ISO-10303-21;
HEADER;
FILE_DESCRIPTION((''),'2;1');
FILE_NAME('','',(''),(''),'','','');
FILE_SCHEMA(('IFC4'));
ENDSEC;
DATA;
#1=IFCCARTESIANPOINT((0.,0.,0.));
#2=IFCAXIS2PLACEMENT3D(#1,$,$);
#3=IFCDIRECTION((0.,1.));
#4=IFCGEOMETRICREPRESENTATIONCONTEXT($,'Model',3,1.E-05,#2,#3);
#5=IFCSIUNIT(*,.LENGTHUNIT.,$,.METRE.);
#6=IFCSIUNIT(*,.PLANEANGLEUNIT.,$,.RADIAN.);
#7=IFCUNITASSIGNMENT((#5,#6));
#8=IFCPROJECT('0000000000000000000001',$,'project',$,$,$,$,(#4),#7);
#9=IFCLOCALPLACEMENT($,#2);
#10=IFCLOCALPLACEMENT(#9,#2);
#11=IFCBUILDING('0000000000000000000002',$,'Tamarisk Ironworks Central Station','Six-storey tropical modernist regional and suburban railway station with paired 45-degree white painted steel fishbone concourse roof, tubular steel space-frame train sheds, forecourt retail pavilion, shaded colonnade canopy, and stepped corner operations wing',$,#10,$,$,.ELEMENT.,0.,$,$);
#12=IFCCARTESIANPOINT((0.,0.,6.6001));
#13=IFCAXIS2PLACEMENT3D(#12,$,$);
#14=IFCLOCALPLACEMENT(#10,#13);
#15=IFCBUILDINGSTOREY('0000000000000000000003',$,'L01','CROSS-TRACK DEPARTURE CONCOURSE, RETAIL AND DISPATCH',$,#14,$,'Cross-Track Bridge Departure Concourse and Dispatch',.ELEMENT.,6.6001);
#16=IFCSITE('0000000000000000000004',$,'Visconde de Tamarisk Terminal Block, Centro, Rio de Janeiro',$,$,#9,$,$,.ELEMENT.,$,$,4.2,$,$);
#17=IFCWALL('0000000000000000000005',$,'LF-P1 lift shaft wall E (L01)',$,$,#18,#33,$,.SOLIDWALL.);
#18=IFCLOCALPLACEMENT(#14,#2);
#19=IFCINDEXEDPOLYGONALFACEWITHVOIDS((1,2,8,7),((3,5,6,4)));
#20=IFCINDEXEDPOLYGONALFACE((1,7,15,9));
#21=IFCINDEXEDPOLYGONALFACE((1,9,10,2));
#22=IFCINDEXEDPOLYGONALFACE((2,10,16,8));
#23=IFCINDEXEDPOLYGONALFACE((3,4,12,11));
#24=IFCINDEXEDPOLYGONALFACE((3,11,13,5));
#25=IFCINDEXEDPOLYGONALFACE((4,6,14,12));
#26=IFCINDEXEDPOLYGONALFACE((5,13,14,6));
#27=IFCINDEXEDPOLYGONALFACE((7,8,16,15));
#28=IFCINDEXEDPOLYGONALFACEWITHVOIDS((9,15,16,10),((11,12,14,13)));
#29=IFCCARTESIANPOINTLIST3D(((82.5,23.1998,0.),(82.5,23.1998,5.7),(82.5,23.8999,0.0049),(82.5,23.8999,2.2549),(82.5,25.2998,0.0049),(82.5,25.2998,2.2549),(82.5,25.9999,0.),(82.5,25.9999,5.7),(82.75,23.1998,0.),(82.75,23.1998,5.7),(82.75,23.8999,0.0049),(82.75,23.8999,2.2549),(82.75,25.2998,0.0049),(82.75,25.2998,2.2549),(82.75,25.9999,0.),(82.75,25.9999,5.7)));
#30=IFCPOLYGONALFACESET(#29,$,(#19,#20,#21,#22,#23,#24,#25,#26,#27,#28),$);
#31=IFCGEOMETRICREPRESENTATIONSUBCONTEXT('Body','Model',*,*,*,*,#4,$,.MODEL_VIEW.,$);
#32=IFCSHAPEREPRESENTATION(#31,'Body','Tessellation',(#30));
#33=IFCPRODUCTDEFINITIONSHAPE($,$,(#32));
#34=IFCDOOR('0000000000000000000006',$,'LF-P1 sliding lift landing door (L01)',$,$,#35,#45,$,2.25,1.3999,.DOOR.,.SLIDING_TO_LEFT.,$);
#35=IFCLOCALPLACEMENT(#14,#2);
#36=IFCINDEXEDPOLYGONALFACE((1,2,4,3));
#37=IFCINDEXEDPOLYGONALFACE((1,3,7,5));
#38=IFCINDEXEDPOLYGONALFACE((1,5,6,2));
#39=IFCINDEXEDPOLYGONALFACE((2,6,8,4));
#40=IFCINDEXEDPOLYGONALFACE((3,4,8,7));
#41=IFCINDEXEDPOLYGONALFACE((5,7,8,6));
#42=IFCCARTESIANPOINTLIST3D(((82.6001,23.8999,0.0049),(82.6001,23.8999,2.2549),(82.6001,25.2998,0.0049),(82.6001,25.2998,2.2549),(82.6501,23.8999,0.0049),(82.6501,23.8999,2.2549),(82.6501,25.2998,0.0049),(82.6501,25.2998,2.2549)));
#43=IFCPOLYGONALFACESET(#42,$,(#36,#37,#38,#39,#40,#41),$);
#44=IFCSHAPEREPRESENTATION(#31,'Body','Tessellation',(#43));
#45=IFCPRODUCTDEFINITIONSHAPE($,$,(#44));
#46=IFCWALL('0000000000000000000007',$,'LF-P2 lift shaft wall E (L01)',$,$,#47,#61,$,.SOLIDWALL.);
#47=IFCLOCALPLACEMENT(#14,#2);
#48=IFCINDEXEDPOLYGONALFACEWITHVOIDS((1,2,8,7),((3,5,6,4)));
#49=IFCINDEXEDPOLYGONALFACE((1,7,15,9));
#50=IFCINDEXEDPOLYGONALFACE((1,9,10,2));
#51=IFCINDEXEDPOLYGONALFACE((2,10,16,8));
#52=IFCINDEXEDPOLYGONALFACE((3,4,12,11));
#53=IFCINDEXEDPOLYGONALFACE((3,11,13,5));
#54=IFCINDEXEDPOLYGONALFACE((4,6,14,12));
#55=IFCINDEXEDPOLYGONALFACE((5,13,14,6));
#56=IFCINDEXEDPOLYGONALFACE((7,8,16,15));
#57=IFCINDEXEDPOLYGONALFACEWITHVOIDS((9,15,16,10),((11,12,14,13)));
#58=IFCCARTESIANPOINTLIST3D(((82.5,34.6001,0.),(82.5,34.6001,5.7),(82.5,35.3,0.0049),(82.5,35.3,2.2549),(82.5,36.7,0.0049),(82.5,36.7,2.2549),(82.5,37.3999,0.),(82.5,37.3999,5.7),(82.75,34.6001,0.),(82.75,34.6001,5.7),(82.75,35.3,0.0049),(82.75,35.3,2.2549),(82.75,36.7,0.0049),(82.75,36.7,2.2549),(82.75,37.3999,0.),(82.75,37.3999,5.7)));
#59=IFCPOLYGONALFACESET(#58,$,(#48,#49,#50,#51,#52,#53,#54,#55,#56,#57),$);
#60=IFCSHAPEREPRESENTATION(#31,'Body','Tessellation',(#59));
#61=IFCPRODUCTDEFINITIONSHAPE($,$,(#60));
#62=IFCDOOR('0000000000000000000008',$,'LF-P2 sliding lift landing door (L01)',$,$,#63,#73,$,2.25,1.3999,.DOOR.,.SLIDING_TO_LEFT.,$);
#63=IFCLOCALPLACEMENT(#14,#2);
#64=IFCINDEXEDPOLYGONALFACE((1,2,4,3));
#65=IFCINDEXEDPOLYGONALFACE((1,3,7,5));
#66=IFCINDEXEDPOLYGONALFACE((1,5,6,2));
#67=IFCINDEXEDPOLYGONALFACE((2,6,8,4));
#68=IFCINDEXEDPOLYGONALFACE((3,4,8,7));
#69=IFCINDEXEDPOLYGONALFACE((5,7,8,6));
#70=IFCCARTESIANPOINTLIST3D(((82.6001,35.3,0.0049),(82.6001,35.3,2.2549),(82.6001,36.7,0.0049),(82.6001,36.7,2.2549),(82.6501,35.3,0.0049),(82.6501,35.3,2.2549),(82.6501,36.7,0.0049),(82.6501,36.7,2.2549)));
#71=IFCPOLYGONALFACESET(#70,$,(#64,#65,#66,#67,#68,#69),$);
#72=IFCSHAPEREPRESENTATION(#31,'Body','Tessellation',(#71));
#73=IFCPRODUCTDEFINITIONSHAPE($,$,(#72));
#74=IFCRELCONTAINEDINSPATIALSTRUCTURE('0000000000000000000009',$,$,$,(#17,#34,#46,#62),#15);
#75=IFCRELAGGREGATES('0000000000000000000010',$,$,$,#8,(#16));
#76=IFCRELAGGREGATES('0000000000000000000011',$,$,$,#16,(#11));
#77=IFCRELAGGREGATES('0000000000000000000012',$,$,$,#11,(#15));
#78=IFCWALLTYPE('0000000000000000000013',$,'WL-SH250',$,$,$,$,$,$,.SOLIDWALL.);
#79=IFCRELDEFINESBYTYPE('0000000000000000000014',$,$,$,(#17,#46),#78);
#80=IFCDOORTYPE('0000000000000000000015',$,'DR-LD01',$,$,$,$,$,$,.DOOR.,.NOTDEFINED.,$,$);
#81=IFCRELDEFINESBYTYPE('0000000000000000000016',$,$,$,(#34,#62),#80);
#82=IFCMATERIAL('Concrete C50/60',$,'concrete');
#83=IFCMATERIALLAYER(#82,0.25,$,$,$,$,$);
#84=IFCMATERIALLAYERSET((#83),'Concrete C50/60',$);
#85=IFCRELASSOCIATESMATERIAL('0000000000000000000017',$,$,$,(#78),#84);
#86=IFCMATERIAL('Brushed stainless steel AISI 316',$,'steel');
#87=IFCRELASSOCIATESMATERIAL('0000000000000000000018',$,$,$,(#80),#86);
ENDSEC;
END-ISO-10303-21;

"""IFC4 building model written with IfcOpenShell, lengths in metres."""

from ifc_helpers import new_model, si_unit, direction, frame, frame_2d, origin, place, context, subcontext, project, spatial, rectangle, extrude, material, layer, layer_set, type_object, element, fill, save


model = new_model("IFC4")

# Units and contexts
model_context = context("Model", 3, precision=1e-05, world=origin(), true_north=direction((0.0, 1.0)))
body_context = subcontext(model_context, "Body", "Model", "MODEL_VIEW")
ifc_project = project(units=[si_unit("LENGTHUNIT", "METRE"), si_unit("PLANEANGLEUNIT", "RADIAN")], contexts=[model_context])

# Site, building, storey
site_placement = place(None, origin())
site = spatial("IfcSite", under=ifc_project, at=site_placement, Name="Visconde de Tamarisk Terminal Block, Centro, Rio de Janeiro", CompositionType="ELEMENT", RefElevation=4.2)
building_placement = place(site_placement, origin())
building = spatial("IfcBuilding", under=site, at=building_placement, Name="Tamarisk Ironworks Central Station", Description="Six-storey tropical modernist regional and suburban railway station with paired 45-degree white painted steel fishbone concourse roof, tubular steel space-frame train sheds, forecourt retail pavilion, shaded colonnade canopy, and stepped corner operations wing", CompositionType="ELEMENT", ElevationOfRefHeight=0.0)
storey_placement = place(building_placement, frame((0.0, 0.0, 6.6001)))
storey = spatial("IfcBuildingStorey", under=building, at=storey_placement, Name="L01", Description="CROSS-TRACK DEPARTURE CONCOURSE, RETAIL AND DISPATCH", LongName="Cross-Track Bridge Departure Concourse and Dispatch", CompositionType="ELEMENT", Elevation=6.6001)

# Walls, openings, doors
ifc_material_1 = material(Name="Concrete C50/60", Category="concrete")
ifc_layer_1 = layer(ifc_material_1, 0.25)
ifc_layer_set_1 = layer_set([ifc_layer_1], Name="Concrete C50/60")
wall_type_1 = type_object("IfcWallType", Name="WL-SH250", PredefinedType="SOLIDWALL", material=ifc_layer_set_1)
wall_1_placement = place(storey_placement, frame((82.625, 23.2, 0.0), z_axis=(0.0, 0.0, 1.0), x_axis=(0.0, 1.0, 0.0)))
wall_1 = element("IfcWall", 1, at=wall_1_placement, inside=storey, type_object=wall_type_1, Name="LF-P1 lift shaft wall E (L01)", PredefinedType="SOLIDWALL", context=body_context, shape_type="SweptSolid", body=[
    extrude(rectangle(XDim=2.8, YDim=0.25, at=frame_2d((1.3999, 0.0))), origin(), (0.0, 0.0, 1.0), 5.7),
])
opening_1_placement = place(wall_1_placement, frame((0.7, 0.0, 0.0049)))
opening_1 = element("IfcOpeningElement", 2, at=opening_1_placement, cuts=wall_1, PredefinedType="OPENING", context=body_context, shape_type="SweptSolid", body=[
    extrude(rectangle(XDim=1.3999, YDim=2.25, at=frame_2d((0.7, 1.125))), frame((0.0, 0.137, 0.0), z_axis=(0.0, -1.0, 0.0), x_axis=(1.0, 0.0, 0.0)), (0.0, 0.0, 1.0), 0.2739),
])
ifc_material_2 = material(Name="Brushed stainless steel AISI 316", Category="steel")
door_type_1 = type_object("IfcDoorType", Name="DR-LD01", OperationType="NOTDEFINED", PredefinedType="DOOR", material=ifc_material_2)
door_1_placement = place(opening_1_placement, origin())
door_1 = element("IfcDoor", 3, at=door_1_placement, inside=storey, type_object=door_type_1, Name="LF-P1 sliding lift landing door (L01)", OperationType="SLIDING_TO_LEFT", OverallHeight=2.25, OverallWidth=1.3999, PredefinedType="DOOR", context=body_context, shape_type="SweptSolid", body=[
    extrude(rectangle(XDim=1.3999, YDim=2.25, at=frame_2d((0.7, 1.125))), frame((0.0, 0.0249, 0.0), z_axis=(0.0, -1.0, 0.0), x_axis=(1.0, 0.0, 0.0)), (0.0, 0.0, 1.0), 0.05),
])
fill(opening_1, door_1)
wall_2_placement = place(storey_placement, frame((82.625, 34.6001, 0.0), z_axis=(0.0, 0.0, 1.0), x_axis=(0.0, 1.0, 0.0)))
wall_2 = element("IfcWall", 4, at=wall_2_placement, inside=storey, type_object=wall_type_1, Name="LF-P2 lift shaft wall E (L01)", PredefinedType="SOLIDWALL", context=body_context, shape_type="SweptSolid", body=[
    extrude(rectangle(XDim=2.7998, YDim=0.25, at=frame_2d((1.3999, 0.0))), origin(), (0.0, 0.0, 1.0), 5.7),
])
opening_2_placement = place(wall_2_placement, frame((0.7, 0.0, 0.0049)))
opening_2 = element("IfcOpeningElement", 5, at=opening_2_placement, cuts=wall_2, PredefinedType="OPENING", context=body_context, shape_type="SweptSolid", body=[
    extrude(rectangle(XDim=1.3999, YDim=2.25, at=frame_2d((0.7, 1.125))), frame((0.0, 0.137, 0.0), z_axis=(0.0, -1.0, 0.0), x_axis=(1.0, 0.0, 0.0)), (0.0, 0.0, 1.0), 0.2739),
])
door_2_placement = place(opening_2_placement, origin())
door_2 = element("IfcDoor", 6, at=door_2_placement, inside=storey, type_object=door_type_1, Name="LF-P2 sliding lift landing door (L01)", OperationType="SLIDING_TO_LEFT", OverallHeight=2.25, OverallWidth=1.3999, PredefinedType="DOOR", context=body_context, shape_type="SweptSolid", body=[
    extrude(rectangle(XDim=1.3999, YDim=2.25, at=frame_2d((0.7, 1.125))), frame((0.0, 0.0249, 0.0), z_axis=(0.0, -1.0, 0.0), x_axis=(1.0, 0.0, 0.0)), (0.0, 0.0, 1.0), 0.05),
])
fill(opening_2, door_2)

save(model, "model.ifc")
